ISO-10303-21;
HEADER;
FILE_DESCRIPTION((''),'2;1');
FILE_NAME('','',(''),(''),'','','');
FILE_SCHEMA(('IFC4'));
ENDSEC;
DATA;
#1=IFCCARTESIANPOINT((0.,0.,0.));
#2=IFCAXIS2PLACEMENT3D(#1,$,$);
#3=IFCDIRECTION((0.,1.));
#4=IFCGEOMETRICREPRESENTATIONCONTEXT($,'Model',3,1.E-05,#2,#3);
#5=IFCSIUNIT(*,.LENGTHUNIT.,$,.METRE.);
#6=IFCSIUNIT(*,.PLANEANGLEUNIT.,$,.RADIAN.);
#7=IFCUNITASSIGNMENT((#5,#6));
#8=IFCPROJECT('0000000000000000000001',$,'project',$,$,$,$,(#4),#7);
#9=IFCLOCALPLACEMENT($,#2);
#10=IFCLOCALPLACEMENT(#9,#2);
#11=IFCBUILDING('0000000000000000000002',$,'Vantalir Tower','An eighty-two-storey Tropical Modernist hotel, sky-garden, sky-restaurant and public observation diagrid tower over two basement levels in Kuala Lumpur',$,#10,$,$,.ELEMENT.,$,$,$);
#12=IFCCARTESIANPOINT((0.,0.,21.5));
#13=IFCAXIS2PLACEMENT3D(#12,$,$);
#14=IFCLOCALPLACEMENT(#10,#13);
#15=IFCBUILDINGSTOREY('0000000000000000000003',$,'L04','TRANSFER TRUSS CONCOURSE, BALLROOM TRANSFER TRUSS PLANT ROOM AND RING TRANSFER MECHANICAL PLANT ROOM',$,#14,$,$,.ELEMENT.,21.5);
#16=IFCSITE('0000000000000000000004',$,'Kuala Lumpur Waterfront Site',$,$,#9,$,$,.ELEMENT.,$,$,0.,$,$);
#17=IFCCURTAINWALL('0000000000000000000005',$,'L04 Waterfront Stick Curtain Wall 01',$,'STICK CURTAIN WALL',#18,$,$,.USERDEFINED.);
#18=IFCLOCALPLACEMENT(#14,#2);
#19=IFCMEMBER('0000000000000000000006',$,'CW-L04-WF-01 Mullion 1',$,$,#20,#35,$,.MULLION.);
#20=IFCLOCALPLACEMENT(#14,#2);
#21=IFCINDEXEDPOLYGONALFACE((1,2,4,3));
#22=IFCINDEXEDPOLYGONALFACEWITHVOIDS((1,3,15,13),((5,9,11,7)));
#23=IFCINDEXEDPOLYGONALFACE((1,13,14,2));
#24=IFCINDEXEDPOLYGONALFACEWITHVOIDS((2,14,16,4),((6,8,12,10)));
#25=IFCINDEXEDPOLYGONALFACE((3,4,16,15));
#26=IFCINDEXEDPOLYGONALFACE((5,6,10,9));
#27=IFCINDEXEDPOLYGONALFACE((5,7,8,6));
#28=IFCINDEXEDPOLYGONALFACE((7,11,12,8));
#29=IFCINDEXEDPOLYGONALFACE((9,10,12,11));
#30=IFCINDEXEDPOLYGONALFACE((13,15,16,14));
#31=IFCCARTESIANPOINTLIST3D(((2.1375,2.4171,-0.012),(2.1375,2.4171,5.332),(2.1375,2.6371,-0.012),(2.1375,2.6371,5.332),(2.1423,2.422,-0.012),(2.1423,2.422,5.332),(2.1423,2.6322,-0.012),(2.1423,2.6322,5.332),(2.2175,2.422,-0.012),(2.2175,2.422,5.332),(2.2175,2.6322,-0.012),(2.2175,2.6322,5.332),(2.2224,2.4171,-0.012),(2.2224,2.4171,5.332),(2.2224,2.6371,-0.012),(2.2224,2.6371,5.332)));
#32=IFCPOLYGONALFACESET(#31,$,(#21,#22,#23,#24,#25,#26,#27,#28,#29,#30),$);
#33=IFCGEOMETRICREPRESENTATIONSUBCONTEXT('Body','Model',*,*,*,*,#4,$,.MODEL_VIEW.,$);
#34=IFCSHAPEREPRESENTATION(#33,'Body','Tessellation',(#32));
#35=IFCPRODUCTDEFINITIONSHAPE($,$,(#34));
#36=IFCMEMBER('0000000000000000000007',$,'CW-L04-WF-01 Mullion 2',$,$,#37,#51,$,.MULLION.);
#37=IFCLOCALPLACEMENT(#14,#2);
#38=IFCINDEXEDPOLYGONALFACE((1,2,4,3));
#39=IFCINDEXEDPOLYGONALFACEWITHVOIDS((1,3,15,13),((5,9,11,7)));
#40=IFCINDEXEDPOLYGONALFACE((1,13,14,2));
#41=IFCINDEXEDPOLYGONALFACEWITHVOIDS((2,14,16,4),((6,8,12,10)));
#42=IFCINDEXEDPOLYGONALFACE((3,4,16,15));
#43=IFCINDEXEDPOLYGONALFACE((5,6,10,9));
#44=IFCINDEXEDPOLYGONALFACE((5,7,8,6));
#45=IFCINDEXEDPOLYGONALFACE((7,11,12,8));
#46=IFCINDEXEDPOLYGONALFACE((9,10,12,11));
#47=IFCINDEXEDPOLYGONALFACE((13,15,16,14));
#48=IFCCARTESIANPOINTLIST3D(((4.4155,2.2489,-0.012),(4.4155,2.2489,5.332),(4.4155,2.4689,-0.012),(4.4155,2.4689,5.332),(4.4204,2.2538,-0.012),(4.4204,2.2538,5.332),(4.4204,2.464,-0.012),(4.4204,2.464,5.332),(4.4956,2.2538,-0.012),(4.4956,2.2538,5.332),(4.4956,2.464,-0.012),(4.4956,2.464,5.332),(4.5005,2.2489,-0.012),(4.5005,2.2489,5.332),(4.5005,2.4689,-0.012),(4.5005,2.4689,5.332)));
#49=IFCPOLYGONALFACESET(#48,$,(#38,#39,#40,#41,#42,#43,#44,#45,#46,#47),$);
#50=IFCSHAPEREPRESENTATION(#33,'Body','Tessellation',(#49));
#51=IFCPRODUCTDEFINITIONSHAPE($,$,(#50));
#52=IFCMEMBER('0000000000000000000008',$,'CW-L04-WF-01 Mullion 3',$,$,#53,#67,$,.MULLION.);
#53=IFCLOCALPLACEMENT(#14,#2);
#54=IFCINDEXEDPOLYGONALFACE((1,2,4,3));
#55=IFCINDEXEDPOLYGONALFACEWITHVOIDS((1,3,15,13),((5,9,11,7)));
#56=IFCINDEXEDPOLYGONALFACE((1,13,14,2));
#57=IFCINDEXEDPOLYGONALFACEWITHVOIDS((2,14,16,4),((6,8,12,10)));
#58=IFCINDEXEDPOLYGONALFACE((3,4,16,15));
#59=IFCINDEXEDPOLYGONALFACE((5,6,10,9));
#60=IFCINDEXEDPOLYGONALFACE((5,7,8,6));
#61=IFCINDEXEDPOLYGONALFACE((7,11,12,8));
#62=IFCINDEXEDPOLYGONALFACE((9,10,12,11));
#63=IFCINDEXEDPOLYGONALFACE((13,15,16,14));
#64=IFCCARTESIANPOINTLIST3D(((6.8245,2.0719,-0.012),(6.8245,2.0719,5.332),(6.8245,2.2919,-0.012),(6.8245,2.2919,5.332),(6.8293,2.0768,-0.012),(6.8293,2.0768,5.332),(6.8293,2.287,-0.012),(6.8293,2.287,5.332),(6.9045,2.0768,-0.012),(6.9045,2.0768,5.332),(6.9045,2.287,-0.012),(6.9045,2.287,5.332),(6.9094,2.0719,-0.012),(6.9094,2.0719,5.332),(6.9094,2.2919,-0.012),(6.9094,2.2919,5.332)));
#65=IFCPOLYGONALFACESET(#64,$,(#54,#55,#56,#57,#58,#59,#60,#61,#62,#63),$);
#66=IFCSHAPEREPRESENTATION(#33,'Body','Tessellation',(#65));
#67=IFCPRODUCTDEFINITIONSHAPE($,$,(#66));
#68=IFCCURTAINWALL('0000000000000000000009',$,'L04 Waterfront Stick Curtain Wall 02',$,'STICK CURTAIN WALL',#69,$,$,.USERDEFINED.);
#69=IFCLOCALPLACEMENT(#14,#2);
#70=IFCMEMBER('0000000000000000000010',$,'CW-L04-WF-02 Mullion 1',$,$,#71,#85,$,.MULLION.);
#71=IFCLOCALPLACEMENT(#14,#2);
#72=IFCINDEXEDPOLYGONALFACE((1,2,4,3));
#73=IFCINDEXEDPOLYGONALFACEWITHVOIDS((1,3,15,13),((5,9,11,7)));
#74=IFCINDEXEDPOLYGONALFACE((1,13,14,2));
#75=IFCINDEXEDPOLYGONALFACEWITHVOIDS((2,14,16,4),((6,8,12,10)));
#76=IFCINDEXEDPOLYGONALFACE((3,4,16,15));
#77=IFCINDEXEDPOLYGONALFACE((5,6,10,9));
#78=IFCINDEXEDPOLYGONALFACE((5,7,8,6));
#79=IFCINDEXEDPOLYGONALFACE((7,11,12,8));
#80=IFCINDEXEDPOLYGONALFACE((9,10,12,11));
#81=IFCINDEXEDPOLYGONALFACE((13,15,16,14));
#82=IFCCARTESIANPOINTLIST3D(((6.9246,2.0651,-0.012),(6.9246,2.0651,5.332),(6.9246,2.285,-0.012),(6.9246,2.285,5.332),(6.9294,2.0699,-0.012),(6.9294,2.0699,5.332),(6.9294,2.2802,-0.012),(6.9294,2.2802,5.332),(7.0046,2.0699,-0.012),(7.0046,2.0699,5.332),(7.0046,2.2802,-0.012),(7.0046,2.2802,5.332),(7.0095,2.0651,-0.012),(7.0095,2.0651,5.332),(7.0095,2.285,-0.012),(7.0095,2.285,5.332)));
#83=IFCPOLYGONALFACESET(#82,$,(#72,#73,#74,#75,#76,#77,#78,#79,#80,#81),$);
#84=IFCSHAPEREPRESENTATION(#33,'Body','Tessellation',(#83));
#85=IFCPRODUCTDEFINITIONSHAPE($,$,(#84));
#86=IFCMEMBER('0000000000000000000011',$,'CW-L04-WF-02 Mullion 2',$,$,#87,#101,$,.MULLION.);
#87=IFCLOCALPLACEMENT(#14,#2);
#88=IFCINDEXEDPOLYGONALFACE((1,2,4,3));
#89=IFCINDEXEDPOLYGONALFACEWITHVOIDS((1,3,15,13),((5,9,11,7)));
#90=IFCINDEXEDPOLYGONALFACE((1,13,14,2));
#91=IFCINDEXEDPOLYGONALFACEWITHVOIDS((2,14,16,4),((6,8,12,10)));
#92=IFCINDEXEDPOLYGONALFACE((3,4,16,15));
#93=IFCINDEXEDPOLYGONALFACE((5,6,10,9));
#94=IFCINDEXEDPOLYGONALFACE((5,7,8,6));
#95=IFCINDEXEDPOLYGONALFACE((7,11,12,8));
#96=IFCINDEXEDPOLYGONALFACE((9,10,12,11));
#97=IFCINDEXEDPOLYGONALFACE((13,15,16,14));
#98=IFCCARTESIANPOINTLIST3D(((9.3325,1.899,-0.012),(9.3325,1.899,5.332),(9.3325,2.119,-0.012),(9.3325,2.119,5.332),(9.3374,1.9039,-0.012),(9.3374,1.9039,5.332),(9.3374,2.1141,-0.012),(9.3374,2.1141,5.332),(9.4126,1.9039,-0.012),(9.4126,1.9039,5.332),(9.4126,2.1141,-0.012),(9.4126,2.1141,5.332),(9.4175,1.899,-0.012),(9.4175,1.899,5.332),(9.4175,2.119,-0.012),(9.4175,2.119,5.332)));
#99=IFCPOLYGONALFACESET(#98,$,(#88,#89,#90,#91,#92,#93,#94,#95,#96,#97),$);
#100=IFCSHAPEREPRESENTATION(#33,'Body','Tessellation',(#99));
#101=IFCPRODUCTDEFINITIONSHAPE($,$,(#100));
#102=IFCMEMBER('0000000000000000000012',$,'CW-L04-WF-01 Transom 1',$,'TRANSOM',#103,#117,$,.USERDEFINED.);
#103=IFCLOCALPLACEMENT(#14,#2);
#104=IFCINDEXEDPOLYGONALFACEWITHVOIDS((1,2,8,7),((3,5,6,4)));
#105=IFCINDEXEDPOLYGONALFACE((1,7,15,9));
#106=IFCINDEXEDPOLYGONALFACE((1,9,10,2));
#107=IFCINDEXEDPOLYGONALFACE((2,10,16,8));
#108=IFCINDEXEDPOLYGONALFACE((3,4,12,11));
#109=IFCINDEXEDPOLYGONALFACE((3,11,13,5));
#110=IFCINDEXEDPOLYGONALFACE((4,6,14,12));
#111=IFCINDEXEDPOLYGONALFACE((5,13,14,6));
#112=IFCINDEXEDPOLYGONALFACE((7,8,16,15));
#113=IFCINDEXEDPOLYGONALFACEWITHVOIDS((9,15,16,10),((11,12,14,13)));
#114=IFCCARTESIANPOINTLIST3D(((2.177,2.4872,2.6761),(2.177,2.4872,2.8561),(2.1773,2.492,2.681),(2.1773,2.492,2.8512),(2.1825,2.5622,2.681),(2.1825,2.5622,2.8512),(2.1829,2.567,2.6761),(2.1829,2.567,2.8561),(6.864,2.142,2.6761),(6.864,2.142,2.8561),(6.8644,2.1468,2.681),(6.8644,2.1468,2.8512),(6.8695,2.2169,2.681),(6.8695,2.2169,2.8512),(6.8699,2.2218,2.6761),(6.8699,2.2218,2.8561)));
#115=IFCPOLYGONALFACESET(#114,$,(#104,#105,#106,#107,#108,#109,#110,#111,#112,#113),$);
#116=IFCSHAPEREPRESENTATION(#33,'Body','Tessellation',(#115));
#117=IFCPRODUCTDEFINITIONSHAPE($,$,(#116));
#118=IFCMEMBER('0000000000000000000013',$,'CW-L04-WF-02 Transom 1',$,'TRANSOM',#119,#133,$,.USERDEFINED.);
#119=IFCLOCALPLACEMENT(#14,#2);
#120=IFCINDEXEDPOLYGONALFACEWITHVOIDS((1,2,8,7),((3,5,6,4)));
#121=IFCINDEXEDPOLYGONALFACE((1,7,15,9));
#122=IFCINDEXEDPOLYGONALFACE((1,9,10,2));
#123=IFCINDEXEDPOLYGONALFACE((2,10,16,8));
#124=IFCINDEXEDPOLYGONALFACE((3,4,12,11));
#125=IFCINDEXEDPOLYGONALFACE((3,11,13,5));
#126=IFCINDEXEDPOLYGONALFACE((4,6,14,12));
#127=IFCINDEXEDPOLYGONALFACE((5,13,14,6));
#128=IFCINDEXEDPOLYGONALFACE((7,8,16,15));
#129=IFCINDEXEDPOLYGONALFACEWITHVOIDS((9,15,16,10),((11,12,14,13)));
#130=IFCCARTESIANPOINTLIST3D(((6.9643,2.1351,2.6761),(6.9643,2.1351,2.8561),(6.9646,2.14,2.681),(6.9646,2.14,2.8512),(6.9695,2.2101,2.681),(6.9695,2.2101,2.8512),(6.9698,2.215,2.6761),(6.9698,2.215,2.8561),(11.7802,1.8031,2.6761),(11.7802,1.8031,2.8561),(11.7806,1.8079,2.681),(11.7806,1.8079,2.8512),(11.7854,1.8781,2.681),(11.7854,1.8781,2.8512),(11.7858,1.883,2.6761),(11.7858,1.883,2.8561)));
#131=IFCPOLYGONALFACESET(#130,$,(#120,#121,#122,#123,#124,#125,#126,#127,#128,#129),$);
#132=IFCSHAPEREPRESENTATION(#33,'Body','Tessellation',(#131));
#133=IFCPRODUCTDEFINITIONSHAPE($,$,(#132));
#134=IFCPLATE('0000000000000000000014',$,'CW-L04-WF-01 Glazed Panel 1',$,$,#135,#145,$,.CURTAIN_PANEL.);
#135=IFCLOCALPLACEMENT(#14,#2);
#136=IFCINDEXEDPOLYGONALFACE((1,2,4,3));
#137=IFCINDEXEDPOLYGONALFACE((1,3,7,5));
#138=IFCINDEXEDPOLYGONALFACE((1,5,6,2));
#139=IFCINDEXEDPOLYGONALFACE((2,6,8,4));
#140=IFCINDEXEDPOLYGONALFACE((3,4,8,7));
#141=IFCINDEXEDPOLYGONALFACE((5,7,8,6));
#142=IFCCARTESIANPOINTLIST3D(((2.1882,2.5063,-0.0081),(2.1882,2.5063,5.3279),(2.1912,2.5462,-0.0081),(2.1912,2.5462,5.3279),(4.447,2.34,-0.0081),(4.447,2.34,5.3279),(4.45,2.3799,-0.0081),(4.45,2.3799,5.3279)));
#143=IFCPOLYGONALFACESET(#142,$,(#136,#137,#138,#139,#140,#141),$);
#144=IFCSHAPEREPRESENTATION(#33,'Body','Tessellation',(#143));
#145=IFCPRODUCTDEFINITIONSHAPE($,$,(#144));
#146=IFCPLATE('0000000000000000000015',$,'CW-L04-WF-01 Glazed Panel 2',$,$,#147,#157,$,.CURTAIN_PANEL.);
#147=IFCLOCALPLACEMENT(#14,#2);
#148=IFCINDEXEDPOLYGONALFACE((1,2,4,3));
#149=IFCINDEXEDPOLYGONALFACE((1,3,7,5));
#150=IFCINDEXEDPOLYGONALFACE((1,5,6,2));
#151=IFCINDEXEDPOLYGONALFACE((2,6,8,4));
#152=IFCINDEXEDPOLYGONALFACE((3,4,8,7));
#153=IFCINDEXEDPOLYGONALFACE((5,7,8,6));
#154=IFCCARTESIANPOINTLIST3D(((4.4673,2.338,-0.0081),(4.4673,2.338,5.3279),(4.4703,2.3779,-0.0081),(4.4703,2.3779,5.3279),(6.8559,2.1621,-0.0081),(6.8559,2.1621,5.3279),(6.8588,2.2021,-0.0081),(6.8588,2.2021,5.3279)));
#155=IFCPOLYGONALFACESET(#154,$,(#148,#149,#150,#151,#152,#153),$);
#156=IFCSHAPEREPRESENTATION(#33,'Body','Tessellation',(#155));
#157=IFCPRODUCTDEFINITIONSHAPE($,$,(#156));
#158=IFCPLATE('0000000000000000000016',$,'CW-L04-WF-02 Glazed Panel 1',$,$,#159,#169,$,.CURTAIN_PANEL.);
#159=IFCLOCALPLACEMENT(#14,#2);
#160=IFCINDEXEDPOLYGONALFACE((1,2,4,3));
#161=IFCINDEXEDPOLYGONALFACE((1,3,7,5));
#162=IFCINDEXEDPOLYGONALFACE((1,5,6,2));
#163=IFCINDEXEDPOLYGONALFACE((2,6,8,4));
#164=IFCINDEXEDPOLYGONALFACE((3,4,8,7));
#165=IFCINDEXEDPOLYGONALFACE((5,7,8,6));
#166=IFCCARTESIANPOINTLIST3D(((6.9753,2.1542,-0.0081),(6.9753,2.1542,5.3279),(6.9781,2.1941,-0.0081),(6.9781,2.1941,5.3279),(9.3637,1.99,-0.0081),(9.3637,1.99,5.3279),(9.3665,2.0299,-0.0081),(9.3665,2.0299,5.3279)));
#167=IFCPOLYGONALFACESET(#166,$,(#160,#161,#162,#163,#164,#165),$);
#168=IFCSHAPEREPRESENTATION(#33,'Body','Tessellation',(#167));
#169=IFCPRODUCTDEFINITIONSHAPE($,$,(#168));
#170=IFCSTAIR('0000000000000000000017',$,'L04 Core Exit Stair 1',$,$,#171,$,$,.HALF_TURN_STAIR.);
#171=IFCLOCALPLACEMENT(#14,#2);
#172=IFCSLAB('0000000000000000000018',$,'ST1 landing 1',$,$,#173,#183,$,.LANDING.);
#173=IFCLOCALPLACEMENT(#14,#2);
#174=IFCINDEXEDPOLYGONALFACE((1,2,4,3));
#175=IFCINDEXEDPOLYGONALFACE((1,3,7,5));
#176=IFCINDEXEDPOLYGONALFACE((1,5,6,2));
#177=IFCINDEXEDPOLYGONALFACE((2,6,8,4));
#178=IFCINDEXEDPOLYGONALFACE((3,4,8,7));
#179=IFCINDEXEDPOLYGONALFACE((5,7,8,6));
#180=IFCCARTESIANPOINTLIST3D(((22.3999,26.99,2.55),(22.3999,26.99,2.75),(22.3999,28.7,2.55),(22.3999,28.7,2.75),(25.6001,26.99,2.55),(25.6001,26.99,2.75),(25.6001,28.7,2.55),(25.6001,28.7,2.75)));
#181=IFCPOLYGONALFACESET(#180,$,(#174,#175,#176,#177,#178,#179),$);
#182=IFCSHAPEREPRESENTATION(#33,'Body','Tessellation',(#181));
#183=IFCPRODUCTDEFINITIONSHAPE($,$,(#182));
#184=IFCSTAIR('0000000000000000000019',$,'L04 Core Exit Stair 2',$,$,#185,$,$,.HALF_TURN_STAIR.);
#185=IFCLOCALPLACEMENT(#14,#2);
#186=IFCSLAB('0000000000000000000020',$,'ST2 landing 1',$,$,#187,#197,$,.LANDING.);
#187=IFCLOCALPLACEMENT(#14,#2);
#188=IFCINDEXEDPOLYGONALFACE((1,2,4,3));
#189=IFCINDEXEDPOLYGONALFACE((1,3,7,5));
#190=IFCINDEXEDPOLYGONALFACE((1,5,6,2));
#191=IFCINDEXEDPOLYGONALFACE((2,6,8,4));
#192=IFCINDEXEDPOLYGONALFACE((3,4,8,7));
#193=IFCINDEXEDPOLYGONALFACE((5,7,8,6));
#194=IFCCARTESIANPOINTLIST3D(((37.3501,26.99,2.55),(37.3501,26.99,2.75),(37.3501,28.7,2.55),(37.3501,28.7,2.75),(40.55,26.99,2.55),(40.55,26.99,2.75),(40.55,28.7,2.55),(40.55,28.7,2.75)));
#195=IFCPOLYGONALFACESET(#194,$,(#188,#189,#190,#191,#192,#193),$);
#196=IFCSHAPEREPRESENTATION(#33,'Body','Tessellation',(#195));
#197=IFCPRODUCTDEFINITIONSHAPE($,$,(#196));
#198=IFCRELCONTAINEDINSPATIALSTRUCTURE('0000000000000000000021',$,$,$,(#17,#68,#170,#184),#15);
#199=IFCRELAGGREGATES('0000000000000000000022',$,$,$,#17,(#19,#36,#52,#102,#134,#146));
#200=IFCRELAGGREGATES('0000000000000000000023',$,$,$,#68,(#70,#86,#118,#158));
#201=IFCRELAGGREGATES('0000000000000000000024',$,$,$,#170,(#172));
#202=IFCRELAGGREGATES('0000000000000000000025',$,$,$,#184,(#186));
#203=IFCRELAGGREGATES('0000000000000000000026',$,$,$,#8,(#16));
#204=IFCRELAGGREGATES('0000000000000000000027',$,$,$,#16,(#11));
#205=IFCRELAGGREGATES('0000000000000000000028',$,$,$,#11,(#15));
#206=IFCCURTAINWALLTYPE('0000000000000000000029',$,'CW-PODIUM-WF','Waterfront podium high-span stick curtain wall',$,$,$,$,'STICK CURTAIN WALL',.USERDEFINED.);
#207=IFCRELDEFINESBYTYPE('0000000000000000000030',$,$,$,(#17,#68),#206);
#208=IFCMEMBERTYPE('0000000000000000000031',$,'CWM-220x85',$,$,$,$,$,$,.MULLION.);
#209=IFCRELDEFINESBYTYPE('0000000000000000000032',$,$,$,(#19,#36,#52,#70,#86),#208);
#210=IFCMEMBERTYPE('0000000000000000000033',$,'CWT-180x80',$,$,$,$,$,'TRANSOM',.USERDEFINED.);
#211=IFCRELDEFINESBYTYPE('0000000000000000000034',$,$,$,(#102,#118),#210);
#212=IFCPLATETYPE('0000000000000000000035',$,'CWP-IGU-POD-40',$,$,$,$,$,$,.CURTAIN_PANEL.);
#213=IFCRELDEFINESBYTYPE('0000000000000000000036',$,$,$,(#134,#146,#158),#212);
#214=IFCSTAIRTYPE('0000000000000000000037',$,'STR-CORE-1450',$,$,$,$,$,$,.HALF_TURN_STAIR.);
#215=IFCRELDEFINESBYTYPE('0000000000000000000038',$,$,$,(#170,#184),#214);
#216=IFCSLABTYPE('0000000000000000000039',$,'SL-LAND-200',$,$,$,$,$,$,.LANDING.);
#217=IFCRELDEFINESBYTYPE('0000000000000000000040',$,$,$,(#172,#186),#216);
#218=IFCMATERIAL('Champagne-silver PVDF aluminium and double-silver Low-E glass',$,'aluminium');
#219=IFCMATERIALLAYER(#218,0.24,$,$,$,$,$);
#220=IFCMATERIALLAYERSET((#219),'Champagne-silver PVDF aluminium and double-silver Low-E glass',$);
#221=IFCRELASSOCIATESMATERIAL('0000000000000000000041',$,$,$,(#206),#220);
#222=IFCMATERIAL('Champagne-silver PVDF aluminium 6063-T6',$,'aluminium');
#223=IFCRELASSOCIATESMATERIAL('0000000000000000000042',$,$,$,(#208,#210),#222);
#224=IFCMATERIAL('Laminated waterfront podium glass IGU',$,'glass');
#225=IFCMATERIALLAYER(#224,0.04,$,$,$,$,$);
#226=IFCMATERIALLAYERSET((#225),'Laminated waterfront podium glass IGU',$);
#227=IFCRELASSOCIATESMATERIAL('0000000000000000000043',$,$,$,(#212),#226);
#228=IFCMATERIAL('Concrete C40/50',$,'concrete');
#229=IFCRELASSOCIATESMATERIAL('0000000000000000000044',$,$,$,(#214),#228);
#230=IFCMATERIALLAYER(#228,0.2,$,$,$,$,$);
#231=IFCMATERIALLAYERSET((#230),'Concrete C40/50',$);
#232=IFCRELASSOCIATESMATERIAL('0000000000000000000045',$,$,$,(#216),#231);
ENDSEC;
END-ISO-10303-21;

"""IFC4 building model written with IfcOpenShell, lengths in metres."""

from ifc_helpers import new_model, si_unit, direction, frame, origin, origin_2d, place, context, subcontext, project, spatial, polyline, rectangle, hollow_rectangle, outline, extrude, material, layer, layer_set, material_profile, profile_set, type_object, element, aggregate, save


model = new_model("IFC4")

# Units and contexts
model_context = context("Model", 3, precision=1e-05, world=origin(), true_north=direction((0.0, 1.0)))
body_context = subcontext(model_context, "Body", "Model", "MODEL_VIEW")
ifc_project = project(units=[si_unit("LENGTHUNIT", "METRE"), si_unit("PLANEANGLEUNIT", "RADIAN")], contexts=[model_context])

# Site, building, storey
site_placement = place(None, origin())
site = spatial("IfcSite", under=ifc_project, at=site_placement, Name="Kuala Lumpur Waterfront Site", CompositionType="ELEMENT", RefElevation=0.0)
building_placement = place(site_placement, origin())
building = spatial("IfcBuilding", under=site, at=building_placement, Name="Vantalir Tower", Description="An eighty-two-storey Tropical Modernist hotel, sky-garden, sky-restaurant and public observation diagrid tower over two basement levels in Kuala Lumpur", CompositionType="ELEMENT")
storey_placement = place(building_placement, frame((0.0, 0.0, 21.5)))
storey = spatial("IfcBuildingStorey", under=building, at=storey_placement, Name="L04", Description="TRANSFER TRUSS CONCOURSE, BALLROOM TRANSFER TRUSS PLANT ROOM AND RING TRANSFER MECHANICAL PLANT ROOM", CompositionType="ELEMENT", Elevation=21.5)

# Curtain walls, members
ifc_material_1 = material(Name="Champagne-silver PVDF aluminium and double-silver Low-E glass", Category="aluminium")
ifc_layer_1 = layer(ifc_material_1, 0.24)
ifc_layer_set_1 = layer_set([ifc_layer_1], Name="Champagne-silver PVDF aluminium and double-silver Low-E glass")
curtain_wall_type = type_object("IfcCurtainWallType", Name="CW-PODIUM-WF", Description="Waterfront podium high-span stick curtain wall", ElementType="STICK CURTAIN WALL", PredefinedType="USERDEFINED", material=ifc_layer_set_1)
curtain_wall_1_placement = place(storey_placement, origin())
curtain_wall_1 = element("IfcCurtainWall", 1, at=curtain_wall_1_placement, inside=storey, type_object=curtain_wall_type, Name="L04 Waterfront Stick Curtain Wall 01", ObjectType="STICK CURTAIN WALL", PredefinedType="USERDEFINED")
ifc_material_2 = material(Name="Champagne-silver PVDF aluminium 6063-T6", Category="aluminium")
ifc_material_profile_1 = material_profile(ifc_material_2, hollow_rectangle(XDim=0.085, YDim=0.22, WallThickness=0.0049, at=origin_2d()), Name="Champagne-silver PVDF aluminium 6063-T6")
ifc_profile_set_1 = profile_set([ifc_material_profile_1], Name="Champagne-silver PVDF aluminium 6063-T6")
member_type_1 = type_object("IfcMemberType", Name="CWM-220x85", PredefinedType="MULLION", material=ifc_profile_set_1)
member_1_placement = place(storey_placement, frame((2.1799, 2.5271, -0.012), z_axis=(0.0, 0.0, 1.0), x_axis=(1.0, 0.0, 0.0)))
member_1 = element("IfcMember", 2, at=member_1_placement, type_object=member_type_1, Name="CW-L04-WF-01 Mullion 1", PredefinedType="MULLION", context=body_context, shape_type="SweptSolid", body=[
    extrude(hollow_rectangle(XDim=0.085, YDim=0.22, WallThickness=0.0049, at=origin_2d()), origin(), (0.0, 0.0, 1.0), 5.344),
])
member_2_placement = place(storey_placement, frame((4.458, 2.3589, -0.012), z_axis=(0.0, 0.0, 1.0), x_axis=(1.0, 0.0, 0.0)))
member_2 = element("IfcMember", 3, at=member_2_placement, type_object=member_type_1, Name="CW-L04-WF-01 Mullion 2", PredefinedType="MULLION", context=body_context, shape_type="SweptSolid", body=[
    extrude(hollow_rectangle(XDim=0.085, YDim=0.22, WallThickness=0.0049, at=origin_2d()), origin(), (0.0, 0.0, 1.0), 5.344),
])
member_3_placement = place(storey_placement, frame((6.8669, 2.1819, -0.012), z_axis=(0.0, 0.0, 1.0), x_axis=(1.0, 0.0, 0.0)))
member_3 = element("IfcMember", 4, at=member_3_placement, type_object=member_type_1, Name="CW-L04-WF-01 Mullion 3", PredefinedType="MULLION", context=body_context, shape_type="SweptSolid", body=[
    extrude(hollow_rectangle(XDim=0.085, YDim=0.22, WallThickness=0.0049, at=origin_2d()), origin(), (0.0, 0.0, 1.0), 5.344),
])
curtain_wall_2_placement = place(storey_placement, origin())
curtain_wall_2 = element("IfcCurtainWall", 5, at=curtain_wall_2_placement, inside=storey, type_object=curtain_wall_type, Name="L04 Waterfront Stick Curtain Wall 02", ObjectType="STICK CURTAIN WALL", PredefinedType="USERDEFINED")
member_4_placement = place(storey_placement, frame((6.967, 2.175, -0.012), z_axis=(0.0, 0.0, 1.0), x_axis=(1.0, 0.0, 0.0)))
member_4 = element("IfcMember", 6, at=member_4_placement, type_object=member_type_1, Name="CW-L04-WF-02 Mullion 1", PredefinedType="MULLION", context=body_context, shape_type="SweptSolid", body=[
    extrude(hollow_rectangle(XDim=0.085, YDim=0.22, WallThickness=0.0049, at=origin_2d()), origin(), (0.0, 0.0, 1.0), 5.344),
])
member_5_placement = place(storey_placement, frame((9.375, 2.009, -0.012), z_axis=(0.0, 0.0, 1.0), x_axis=(1.0, 0.0, 0.0)))
member_5 = element("IfcMember", 7, at=member_5_placement, type_object=member_type_1, Name="CW-L04-WF-02 Mullion 2", PredefinedType="MULLION", context=body_context, shape_type="SweptSolid", body=[
    extrude(hollow_rectangle(XDim=0.085, YDim=0.22, WallThickness=0.0049, at=origin_2d()), origin(), (0.0, 0.0, 1.0), 5.344),
])

# Members
ifc_material_profile_2 = material_profile(ifc_material_2, hollow_rectangle(XDim=0.0801, YDim=0.1799, WallThickness=0.0049, at=origin_2d()), Name="Champagne-silver PVDF aluminium 6063-T6")
ifc_profile_set_2 = profile_set([ifc_material_profile_2], Name="Champagne-silver PVDF aluminium 6063-T6")
member_type_2 = type_object("IfcMemberType", Name="CWT-180x80", ElementType="TRANSOM", PredefinedType="USERDEFINED", material=ifc_profile_set_2)
member_6_placement = place(storey_placement, frame((2.1799, 2.5271, 2.7661), z_axis=(0.997299, -0.073455, 0.0), x_axis=(0.073455, 0.997299, 0.0)))
member_6 = element("IfcMember", 8, at=member_6_placement, type_object=member_type_2, Name="CW-L04-WF-01 Transom 1", ObjectType="TRANSOM", PredefinedType="USERDEFINED", context=body_context, shape_type="SweptSolid", body=[
    extrude(hollow_rectangle(XDim=0.0801, YDim=0.1799, WallThickness=0.0049, at=origin_2d()), origin(), (0.0, 0.0, 1.0), 4.6997),
])
member_7_placement = place(storey_placement, frame((6.967, 2.175, 2.7661), z_axis=(0.997632, -0.068781, 0.0), x_axis=(0.068781, 0.997632, 0.0)))
member_7 = element("IfcMember", 9, at=member_7_placement, type_object=member_type_2, Name="CW-L04-WF-02 Transom 1", ObjectType="TRANSOM", PredefinedType="USERDEFINED", context=body_context, shape_type="SweptSolid", body=[
    extrude(hollow_rectangle(XDim=0.0801, YDim=0.1799, WallThickness=0.0049, at=origin_2d()), origin(), (0.0, 0.0, 1.0), 4.8274),
])

# Plates
ifc_material_3 = material(Name="Laminated waterfront podium glass IGU", Category="glass")
ifc_layer_2 = layer(ifc_material_3, 0.04)
ifc_layer_set_2 = layer_set([ifc_layer_2], Name="Laminated waterfront podium glass IGU")
plate_type = type_object("IfcPlateType", Name="CWP-IGU-POD-40", PredefinedType="CURTAIN_PANEL", material=ifc_layer_set_2)
plate_1_placement = place(storey_placement, frame((3.3191, 2.4431, -0.0081), z_axis=(0.0, 0.0, 1.0), x_axis=(0.9973, -0.07343, 0.0)))
plate_1 = element("IfcPlate", 10, at=plate_1_placement, type_object=plate_type, Name="CW-L04-WF-01 Glazed Panel 1", PredefinedType="CURTAIN_PANEL", context=body_context, shape_type="SweptSolid", body=[
    extrude(rectangle(XDim=2.2649, YDim=0.04, at=origin_2d()), origin(), (0.0, 0.0, 1.0), 5.3359),
])
plate_2_placement = place(storey_placement, frame((5.6631, 2.27, -0.0081), z_axis=(0.0, 0.0, 1.0), x_axis=(0.9973, -0.07343, 0.0)))
plate_2 = element("IfcPlate", 11, at=plate_2_placement, type_object=plate_type, Name="CW-L04-WF-01 Glazed Panel 2", PredefinedType="CURTAIN_PANEL", context=body_context, shape_type="SweptSolid", body=[
    extrude(rectangle(XDim=2.395, YDim=0.04, at=origin_2d()), origin(), (0.0, 0.0, 1.0), 5.3359),
])
aggregate(curtain_wall_1, [member_1, member_2, member_3, member_6, plate_1, plate_2])
plate_3_placement = place(storey_placement, frame((8.1709, 2.092, -0.0081), z_axis=(0.0, 0.0, 1.0), x_axis=(0.997645, -0.06859, 0.0)))
plate_3 = element("IfcPlate", 12, at=plate_3_placement, type_object=plate_type, Name="CW-L04-WF-02 Glazed Panel 1", PredefinedType="CURTAIN_PANEL", context=body_context, shape_type="SweptSolid", body=[
    extrude(rectangle(XDim=2.394, YDim=0.04, at=origin_2d()), origin(), (0.0, 0.0, 1.0), 5.3359),
])
aggregate(curtain_wall_2, [member_4, member_5, member_7, plate_3])

# Stairs, slabs
ifc_material_4 = material(Name="Concrete C40/50", Category="concrete")
stair_type = type_object("IfcStairType", Name="STR-CORE-1450", PredefinedType="HALF_TURN_STAIR", material=ifc_material_4)
stair_1_placement = place(storey_placement, origin())
stair_1 = element("IfcStair", 13, at=stair_1_placement, inside=storey, type_object=stair_type, Name="L04 Core Exit Stair 1", PredefinedType="HALF_TURN_STAIR")
ifc_layer_3 = layer(ifc_material_4, 0.2)
ifc_layer_set_3 = layer_set([ifc_layer_3], Name="Concrete C40/50")
slab_type_1 = type_object("IfcSlabType", Name="SL-LAND-200", PredefinedType="LANDING", material=ifc_layer_set_3)
slab_1_placement = place(storey_placement, frame((0.0, 0.0, 2.55)))
slab_1 = element("IfcSlab", 14, at=slab_1_placement, type_object=slab_type_1, Name="ST1 landing 1", PredefinedType="LANDING", context=body_context, shape_type="SweptSolid", body=[
    extrude(outline(polyline([(25.6001, 26.99), (25.6001, 28.7), (22.3999, 28.7), (22.3999, 26.99), (25.6001, 26.99)])), origin(), (0.0, 0.0, 1.0), 0.2),
])
aggregate(stair_1, [slab_1])
stair_2_placement = place(storey_placement, origin())
stair_2 = element("IfcStair", 15, at=stair_2_placement, inside=storey, type_object=stair_type, Name="L04 Core Exit Stair 2", PredefinedType="HALF_TURN_STAIR")
slab_2_placement = place(storey_placement, frame((0.0, 0.0, 2.55)))
slab_2 = element("IfcSlab", 16, at=slab_2_placement, type_object=slab_type_1, Name="ST2 landing 1", PredefinedType="LANDING", context=body_context, shape_type="SweptSolid", body=[
    extrude(outline(polyline([(40.55, 26.99), (40.55, 28.7), (37.3501, 28.7), (37.3501, 26.99), (40.55, 26.99)])), origin(), (0.0, 0.0, 1.0), 0.2),
])
aggregate(stair_2, [slab_2])

save(model, "model.ifc")
